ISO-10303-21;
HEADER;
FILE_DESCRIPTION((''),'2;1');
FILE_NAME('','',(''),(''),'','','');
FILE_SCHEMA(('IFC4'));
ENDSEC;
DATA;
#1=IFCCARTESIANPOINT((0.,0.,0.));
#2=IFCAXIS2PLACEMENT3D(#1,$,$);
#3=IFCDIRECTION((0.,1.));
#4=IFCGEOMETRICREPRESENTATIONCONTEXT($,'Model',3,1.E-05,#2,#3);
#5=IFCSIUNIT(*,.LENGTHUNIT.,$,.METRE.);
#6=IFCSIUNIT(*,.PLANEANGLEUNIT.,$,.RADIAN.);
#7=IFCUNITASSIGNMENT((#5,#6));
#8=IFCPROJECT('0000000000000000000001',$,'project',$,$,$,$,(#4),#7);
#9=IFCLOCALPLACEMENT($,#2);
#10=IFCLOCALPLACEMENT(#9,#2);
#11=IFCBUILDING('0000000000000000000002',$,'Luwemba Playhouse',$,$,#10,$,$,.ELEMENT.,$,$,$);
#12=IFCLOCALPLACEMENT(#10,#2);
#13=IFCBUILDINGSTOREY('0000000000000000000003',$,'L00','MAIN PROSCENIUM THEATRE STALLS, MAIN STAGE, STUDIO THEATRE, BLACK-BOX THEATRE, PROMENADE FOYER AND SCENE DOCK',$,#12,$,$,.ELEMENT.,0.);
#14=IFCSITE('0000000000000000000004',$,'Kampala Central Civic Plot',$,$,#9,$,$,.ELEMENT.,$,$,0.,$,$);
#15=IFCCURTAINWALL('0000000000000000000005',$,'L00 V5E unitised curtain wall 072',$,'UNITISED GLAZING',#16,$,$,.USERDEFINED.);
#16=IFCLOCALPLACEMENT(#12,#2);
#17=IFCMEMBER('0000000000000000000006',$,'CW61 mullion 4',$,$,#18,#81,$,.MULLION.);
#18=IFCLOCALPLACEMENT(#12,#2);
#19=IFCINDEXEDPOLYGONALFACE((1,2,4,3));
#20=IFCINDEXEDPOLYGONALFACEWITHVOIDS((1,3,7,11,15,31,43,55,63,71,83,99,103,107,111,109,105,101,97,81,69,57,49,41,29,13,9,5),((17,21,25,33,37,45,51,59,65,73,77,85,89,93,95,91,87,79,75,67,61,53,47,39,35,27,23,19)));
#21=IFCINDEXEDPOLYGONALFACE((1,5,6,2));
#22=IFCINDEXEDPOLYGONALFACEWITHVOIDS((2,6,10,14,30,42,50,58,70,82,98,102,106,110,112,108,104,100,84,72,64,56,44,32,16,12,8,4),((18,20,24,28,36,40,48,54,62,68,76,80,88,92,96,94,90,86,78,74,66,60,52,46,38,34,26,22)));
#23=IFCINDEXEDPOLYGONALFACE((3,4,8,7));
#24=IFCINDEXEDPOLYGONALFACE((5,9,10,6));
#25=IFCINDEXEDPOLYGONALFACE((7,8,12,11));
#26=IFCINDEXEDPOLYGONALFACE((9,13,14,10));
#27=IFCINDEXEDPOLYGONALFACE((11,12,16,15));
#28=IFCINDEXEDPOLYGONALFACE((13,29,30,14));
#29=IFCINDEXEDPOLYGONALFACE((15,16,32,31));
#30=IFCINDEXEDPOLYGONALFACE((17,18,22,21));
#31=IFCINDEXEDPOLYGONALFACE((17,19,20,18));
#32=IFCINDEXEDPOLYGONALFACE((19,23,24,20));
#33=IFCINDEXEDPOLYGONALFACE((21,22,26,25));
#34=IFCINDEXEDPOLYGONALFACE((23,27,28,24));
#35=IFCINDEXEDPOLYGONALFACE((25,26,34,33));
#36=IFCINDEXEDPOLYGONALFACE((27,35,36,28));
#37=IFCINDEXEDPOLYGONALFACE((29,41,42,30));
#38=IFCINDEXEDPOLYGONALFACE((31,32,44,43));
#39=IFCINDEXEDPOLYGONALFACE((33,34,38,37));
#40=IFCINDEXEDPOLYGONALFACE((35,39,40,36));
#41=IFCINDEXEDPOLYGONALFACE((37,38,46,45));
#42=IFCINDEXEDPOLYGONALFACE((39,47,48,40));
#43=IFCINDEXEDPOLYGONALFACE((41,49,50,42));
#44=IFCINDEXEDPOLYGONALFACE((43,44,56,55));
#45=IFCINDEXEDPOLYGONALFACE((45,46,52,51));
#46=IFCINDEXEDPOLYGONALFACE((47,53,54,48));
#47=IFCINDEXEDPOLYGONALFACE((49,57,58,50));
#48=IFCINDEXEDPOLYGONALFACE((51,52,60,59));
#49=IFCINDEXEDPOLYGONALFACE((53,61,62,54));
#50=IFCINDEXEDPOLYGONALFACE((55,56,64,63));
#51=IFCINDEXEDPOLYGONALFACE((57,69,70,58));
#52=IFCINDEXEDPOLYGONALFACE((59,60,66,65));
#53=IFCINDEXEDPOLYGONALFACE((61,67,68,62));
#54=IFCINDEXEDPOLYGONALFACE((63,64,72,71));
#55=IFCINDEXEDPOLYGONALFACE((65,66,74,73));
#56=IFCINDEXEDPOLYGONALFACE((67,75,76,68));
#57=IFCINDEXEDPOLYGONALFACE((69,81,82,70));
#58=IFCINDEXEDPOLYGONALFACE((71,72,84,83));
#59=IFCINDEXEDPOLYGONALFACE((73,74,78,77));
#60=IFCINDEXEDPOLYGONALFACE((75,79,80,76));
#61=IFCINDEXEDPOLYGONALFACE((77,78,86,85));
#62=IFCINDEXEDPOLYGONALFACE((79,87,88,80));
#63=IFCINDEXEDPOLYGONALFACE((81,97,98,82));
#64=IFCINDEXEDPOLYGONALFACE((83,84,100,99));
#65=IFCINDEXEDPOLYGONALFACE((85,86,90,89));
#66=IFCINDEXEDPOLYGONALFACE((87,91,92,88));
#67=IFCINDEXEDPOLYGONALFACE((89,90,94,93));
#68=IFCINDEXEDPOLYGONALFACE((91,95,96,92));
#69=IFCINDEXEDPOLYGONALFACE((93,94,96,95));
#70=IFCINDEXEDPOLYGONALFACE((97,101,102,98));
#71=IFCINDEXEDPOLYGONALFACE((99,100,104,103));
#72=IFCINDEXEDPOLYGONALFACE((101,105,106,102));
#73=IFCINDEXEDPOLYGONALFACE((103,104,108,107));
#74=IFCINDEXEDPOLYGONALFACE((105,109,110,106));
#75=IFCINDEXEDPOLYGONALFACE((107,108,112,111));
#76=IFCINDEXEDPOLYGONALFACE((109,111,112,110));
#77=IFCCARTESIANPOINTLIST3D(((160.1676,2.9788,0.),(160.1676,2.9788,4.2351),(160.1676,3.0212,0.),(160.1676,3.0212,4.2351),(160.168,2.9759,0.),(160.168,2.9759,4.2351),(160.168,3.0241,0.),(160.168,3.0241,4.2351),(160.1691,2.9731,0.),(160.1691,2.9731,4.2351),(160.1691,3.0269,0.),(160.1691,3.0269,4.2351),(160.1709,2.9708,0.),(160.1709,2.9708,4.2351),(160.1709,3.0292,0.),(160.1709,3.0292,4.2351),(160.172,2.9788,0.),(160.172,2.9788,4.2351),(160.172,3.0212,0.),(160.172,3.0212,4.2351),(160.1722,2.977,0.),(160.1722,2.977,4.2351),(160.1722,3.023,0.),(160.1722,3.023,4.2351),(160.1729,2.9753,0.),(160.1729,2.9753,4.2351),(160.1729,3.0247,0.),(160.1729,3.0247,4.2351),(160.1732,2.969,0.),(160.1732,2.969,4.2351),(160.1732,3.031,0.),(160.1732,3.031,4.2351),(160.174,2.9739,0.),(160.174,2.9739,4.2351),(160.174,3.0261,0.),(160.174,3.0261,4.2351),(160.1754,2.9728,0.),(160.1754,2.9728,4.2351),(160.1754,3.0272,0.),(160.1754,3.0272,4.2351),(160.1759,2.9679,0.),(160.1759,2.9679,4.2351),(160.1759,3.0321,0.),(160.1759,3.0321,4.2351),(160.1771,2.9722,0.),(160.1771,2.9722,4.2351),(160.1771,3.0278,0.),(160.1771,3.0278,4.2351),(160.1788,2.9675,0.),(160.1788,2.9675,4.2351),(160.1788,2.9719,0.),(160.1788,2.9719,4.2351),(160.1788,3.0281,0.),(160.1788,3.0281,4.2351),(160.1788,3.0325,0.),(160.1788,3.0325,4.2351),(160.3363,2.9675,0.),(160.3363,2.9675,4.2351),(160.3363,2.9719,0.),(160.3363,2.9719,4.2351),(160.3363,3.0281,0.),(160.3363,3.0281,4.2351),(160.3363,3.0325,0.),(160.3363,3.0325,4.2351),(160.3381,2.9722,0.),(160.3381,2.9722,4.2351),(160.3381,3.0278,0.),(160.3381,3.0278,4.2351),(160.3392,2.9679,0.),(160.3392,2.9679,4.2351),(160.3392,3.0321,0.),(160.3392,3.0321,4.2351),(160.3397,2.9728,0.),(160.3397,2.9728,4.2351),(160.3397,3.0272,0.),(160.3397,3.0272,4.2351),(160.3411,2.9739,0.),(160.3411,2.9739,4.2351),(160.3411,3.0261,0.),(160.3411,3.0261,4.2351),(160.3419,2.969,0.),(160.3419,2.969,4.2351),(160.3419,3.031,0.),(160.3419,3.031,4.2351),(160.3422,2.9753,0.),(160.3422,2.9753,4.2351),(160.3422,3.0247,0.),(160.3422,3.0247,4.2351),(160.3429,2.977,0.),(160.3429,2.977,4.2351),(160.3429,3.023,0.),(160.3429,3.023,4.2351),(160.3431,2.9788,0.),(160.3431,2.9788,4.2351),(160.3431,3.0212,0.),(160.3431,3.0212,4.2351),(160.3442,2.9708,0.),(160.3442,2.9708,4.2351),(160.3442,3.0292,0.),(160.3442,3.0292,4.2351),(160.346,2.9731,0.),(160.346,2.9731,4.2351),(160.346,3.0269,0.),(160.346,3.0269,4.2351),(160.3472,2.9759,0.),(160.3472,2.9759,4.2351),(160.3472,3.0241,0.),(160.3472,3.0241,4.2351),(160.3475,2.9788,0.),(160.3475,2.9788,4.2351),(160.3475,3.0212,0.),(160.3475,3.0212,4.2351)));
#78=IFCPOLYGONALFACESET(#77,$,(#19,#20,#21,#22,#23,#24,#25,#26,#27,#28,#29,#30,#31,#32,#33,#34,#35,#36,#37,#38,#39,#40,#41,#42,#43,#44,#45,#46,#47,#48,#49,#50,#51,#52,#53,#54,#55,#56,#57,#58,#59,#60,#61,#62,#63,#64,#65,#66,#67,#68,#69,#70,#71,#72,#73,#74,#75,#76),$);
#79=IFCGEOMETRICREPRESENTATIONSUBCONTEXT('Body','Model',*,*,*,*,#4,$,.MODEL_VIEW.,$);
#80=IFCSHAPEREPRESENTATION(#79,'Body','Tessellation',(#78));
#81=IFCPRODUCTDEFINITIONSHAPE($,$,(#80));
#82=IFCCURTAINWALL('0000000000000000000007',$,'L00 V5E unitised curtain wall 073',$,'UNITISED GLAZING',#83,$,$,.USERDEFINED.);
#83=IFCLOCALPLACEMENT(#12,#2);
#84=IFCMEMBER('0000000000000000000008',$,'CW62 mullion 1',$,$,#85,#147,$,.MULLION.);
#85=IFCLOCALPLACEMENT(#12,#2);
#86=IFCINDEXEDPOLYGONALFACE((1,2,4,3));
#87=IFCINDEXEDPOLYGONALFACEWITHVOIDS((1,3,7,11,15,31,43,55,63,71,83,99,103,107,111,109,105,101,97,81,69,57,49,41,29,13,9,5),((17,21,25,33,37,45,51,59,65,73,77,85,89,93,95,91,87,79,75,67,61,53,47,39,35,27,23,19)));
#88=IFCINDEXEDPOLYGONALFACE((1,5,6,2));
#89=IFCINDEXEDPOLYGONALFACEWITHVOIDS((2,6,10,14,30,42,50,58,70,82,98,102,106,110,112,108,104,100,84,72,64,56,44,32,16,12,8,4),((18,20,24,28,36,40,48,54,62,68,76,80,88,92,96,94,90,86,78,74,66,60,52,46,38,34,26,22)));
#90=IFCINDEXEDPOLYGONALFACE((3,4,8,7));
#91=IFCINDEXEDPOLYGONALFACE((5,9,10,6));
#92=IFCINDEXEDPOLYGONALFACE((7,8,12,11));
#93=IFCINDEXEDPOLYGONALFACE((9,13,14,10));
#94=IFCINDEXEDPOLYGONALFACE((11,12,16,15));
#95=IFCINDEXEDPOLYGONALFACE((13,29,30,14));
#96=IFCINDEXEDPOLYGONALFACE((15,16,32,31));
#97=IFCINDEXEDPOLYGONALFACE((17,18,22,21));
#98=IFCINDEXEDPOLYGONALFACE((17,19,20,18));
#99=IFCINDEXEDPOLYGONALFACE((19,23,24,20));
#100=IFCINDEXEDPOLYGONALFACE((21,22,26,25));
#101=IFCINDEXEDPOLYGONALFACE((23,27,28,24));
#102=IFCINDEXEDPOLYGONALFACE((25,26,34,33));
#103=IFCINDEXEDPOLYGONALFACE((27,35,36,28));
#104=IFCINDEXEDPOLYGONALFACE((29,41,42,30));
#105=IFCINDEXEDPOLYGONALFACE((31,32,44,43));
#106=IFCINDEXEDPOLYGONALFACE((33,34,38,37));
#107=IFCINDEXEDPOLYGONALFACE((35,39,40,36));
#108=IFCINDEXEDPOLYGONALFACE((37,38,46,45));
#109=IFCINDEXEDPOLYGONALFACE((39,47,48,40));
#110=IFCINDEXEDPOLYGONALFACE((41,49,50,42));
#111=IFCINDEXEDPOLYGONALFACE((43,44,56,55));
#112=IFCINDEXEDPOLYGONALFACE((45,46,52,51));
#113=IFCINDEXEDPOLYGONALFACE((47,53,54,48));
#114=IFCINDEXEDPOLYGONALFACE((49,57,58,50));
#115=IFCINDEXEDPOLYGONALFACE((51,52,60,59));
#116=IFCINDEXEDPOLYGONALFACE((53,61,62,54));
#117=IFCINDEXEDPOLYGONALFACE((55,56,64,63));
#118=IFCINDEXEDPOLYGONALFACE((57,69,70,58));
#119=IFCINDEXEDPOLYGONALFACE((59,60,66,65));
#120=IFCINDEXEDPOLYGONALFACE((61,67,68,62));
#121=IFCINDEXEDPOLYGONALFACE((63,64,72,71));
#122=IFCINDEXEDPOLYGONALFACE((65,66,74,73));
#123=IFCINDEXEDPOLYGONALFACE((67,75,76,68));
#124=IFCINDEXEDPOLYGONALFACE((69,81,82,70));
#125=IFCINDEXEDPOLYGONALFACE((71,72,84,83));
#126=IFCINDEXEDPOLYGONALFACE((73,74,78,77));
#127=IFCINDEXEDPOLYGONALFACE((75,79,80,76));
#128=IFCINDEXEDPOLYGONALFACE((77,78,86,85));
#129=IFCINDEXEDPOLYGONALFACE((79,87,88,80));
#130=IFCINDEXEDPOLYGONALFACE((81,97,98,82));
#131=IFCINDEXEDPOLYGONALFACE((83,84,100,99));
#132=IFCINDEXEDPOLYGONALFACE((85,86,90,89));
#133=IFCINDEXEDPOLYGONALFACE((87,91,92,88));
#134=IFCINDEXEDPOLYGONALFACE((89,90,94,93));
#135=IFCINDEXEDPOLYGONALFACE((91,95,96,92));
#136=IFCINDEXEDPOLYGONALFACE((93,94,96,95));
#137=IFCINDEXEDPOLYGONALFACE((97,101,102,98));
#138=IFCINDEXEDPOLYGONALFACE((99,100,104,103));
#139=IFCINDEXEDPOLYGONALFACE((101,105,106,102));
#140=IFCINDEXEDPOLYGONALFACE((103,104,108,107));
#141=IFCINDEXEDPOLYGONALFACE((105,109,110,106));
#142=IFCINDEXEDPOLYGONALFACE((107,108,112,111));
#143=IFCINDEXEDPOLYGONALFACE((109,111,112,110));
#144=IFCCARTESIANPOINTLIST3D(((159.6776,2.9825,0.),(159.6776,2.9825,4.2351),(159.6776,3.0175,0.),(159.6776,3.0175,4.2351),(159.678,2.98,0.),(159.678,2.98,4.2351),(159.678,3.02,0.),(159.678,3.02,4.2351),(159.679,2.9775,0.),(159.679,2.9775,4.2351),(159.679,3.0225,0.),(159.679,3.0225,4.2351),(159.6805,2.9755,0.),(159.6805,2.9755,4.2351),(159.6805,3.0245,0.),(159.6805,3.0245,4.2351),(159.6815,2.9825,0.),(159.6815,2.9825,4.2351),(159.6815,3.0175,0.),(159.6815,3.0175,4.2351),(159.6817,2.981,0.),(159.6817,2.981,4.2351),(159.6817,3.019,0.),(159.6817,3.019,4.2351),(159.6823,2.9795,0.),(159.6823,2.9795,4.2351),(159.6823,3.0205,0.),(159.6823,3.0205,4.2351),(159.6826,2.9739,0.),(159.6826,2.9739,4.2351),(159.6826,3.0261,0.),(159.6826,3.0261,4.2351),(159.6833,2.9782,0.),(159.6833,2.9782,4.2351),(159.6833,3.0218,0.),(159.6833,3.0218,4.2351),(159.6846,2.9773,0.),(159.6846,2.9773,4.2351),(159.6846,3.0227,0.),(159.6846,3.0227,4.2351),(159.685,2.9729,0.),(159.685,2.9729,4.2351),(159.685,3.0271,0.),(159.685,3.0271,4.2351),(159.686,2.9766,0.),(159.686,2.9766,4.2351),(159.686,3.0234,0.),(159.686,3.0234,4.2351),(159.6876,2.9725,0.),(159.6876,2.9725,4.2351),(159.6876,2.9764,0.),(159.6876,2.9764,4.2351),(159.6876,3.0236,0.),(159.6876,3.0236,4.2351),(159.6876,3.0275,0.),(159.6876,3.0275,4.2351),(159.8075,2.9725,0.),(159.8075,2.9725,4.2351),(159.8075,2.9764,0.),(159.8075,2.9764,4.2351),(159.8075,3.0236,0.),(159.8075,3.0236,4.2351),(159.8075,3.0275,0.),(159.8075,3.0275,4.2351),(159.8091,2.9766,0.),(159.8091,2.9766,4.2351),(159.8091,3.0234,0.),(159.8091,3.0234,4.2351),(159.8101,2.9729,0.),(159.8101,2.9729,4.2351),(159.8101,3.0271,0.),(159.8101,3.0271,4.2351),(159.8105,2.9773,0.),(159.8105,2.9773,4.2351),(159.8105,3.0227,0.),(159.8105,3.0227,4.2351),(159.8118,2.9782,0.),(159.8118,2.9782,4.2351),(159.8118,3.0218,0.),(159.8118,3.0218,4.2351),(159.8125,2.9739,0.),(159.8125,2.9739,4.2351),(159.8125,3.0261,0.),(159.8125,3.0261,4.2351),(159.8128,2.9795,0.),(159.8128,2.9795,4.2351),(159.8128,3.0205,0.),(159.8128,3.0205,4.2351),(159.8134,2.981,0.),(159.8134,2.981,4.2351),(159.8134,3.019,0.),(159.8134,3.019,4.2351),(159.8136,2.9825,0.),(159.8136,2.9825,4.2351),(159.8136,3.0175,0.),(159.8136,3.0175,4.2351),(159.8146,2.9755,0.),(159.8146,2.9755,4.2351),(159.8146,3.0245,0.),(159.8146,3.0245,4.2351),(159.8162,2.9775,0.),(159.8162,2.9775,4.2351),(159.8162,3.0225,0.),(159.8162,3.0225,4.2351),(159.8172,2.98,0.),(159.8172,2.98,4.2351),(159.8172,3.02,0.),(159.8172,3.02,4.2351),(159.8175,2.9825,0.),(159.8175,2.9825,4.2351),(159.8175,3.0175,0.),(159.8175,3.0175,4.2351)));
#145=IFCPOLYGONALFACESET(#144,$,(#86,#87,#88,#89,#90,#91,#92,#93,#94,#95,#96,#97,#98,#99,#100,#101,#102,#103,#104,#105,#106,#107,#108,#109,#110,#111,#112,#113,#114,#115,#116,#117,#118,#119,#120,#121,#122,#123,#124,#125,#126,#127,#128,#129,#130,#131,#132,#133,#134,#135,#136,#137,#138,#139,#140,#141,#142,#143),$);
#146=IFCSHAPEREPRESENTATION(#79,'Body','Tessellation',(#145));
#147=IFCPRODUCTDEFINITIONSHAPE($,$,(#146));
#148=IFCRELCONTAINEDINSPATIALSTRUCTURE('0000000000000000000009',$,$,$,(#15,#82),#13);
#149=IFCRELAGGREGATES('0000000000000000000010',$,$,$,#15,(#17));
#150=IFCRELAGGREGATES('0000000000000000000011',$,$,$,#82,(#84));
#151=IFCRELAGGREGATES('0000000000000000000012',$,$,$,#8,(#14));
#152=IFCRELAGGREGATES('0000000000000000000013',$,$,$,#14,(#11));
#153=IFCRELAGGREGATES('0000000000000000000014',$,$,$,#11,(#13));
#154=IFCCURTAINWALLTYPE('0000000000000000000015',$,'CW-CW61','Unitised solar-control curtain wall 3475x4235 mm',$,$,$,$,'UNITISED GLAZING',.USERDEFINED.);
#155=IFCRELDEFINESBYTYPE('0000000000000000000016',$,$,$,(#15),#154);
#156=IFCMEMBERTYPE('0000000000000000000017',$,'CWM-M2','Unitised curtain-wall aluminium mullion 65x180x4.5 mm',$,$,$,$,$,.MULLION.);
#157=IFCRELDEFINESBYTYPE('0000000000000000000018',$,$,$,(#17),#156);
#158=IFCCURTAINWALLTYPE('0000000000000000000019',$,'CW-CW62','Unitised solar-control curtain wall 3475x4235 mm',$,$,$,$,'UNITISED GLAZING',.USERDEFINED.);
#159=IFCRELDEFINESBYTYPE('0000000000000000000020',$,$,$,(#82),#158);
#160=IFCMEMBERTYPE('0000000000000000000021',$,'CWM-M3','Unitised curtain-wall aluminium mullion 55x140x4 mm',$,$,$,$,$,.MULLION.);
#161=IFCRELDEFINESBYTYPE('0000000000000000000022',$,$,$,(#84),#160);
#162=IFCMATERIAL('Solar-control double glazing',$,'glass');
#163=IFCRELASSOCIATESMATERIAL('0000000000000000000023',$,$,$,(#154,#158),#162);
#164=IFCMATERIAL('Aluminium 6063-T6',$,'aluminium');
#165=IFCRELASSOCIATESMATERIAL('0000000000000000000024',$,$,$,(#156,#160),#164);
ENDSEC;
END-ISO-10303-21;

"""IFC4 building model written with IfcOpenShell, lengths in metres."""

from ifc_helpers import new_model, si_unit, direction, frame, origin, origin_2d, place, context, subcontext, project, spatial, hollow_rectangle, extrude, material, material_profile, profile_set, type_object, element, aggregate, save


model = new_model("IFC4")

# Units and contexts
model_context = context("Model", 3, precision=1e-05, world=origin(), true_north=direction((0.0, 1.0)))
body_context = subcontext(model_context, "Body", "Model", "MODEL_VIEW")
ifc_project = project(units=[si_unit("LENGTHUNIT", "METRE"), si_unit("PLANEANGLEUNIT", "RADIAN")], contexts=[model_context])

# Site, building, storey
site_placement = place(None, origin())
site = spatial("IfcSite", under=ifc_project, at=site_placement, Name="Kampala Central Civic Plot", CompositionType="ELEMENT", RefElevation=0.0)
building_placement = place(site_placement, origin())
building = spatial("IfcBuilding", under=site, at=building_placement, Name="Luwemba Playhouse", CompositionType="ELEMENT")
storey_placement = place(building_placement, origin())
storey = spatial("IfcBuildingStorey", under=building, at=storey_placement, Name="L00", Description="MAIN PROSCENIUM THEATRE STALLS, MAIN STAGE, STUDIO THEATRE, BLACK-BOX THEATRE, PROMENADE FOYER AND SCENE DOCK", CompositionType="ELEMENT", Elevation=0.0)

# Curtain walls, members
ifc_material_1 = material(Name="Solar-control double glazing", Category="glass")
curtain_wall_type_1 = type_object("IfcCurtainWallType", Name="CW-CW61", Description="Unitised solar-control curtain wall 3475x4235 mm", ElementType="UNITISED GLAZING", PredefinedType="USERDEFINED", material=ifc_material_1)
curtain_wall_1_placement = place(storey_placement, origin())
curtain_wall_1 = element("IfcCurtainWall", 1, at=curtain_wall_1_placement, inside=storey, type_object=curtain_wall_type_1, Name="L00 V5E unitised curtain wall 072", ObjectType="UNITISED GLAZING", PredefinedType="USERDEFINED")
ifc_material_2 = material(Name="Aluminium 6063-T6", Category="aluminium")
ifc_material_profile_1 = material_profile(ifc_material_2, hollow_rectangle(XDim=0.0649, YDim=0.1799, WallThickness=0.0044, InnerFilletRadius=0.0068, OuterFilletRadius=0.0112, at=origin_2d()))
ifc_profile_set_1 = profile_set([ifc_material_profile_1], Name="Aluminium 6063-T6")
member_type_1 = type_object("IfcMemberType", Name="CWM-M2", Description="Unitised curtain-wall aluminium mullion 65x180x4.5 mm", PredefinedType="MULLION", material=ifc_profile_set_1)
member_1_placement = place(storey_placement, frame((160.2576, 3.0, 0.0), z_axis=(0.0, 0.0, 1.0), x_axis=(0.0, -1.0, 0.0)))
member_1 = element("IfcMember", 2, at=member_1_placement, type_object=member_type_1, Name="CW61 mullion 4", PredefinedType="MULLION", context=body_context, shape_type="SweptSolid", body=[
    extrude(hollow_rectangle(XDim=0.0649, YDim=0.1799, WallThickness=0.0044, InnerFilletRadius=0.0068, OuterFilletRadius=0.0112, at=origin_2d()), origin(), (0.0, 0.0, 1.0), 4.2351),
])
curtain_wall_type_2 = type_object("IfcCurtainWallType", Name="CW-CW62", Description="Unitised solar-control curtain wall 3475x4235 mm", ElementType="UNITISED GLAZING", PredefinedType="USERDEFINED", material=ifc_material_1)
curtain_wall_2_placement = place(storey_placement, origin())
curtain_wall_2 = element("IfcCurtainWall", 3, at=curtain_wall_2_placement, inside=storey, type_object=curtain_wall_type_2, Name="L00 V5E unitised curtain wall 073", ObjectType="UNITISED GLAZING", PredefinedType="USERDEFINED")
ifc_material_profile_2 = material_profile(ifc_material_2, hollow_rectangle(XDim=0.0549, YDim=0.1399, WallThickness=0.0039, InnerFilletRadius=0.0061, OuterFilletRadius=0.01, at=origin_2d()))
ifc_profile_set_2 = profile_set([ifc_material_profile_2], Name="Aluminium 6063-T6")
member_type_2 = type_object("IfcMemberType", Name="CWM-M3", Description="Unitised curtain-wall aluminium mullion 55x140x4 mm", PredefinedType="MULLION", material=ifc_profile_set_2)
member_2_placement = place(storey_placement, frame((159.7476, 3.0, 0.0), z_axis=(0.0, 0.0, 1.0), x_axis=(0.0, -1.0, 0.0)))
member_2 = element("IfcMember", 4, at=member_2_placement, type_object=member_type_2, Name="CW62 mullion 1", PredefinedType="MULLION", context=body_context, shape_type="SweptSolid", body=[
    extrude(hollow_rectangle(XDim=0.0549, YDim=0.1399, WallThickness=0.0039, InnerFilletRadius=0.0061, OuterFilletRadius=0.01, at=origin_2d()), origin(), (0.0, 0.0, 1.0), 4.2351),
])

aggregate(curtain_wall_1, [member_1])
aggregate(curtain_wall_2, [member_2])

save(model, "model.ifc")
